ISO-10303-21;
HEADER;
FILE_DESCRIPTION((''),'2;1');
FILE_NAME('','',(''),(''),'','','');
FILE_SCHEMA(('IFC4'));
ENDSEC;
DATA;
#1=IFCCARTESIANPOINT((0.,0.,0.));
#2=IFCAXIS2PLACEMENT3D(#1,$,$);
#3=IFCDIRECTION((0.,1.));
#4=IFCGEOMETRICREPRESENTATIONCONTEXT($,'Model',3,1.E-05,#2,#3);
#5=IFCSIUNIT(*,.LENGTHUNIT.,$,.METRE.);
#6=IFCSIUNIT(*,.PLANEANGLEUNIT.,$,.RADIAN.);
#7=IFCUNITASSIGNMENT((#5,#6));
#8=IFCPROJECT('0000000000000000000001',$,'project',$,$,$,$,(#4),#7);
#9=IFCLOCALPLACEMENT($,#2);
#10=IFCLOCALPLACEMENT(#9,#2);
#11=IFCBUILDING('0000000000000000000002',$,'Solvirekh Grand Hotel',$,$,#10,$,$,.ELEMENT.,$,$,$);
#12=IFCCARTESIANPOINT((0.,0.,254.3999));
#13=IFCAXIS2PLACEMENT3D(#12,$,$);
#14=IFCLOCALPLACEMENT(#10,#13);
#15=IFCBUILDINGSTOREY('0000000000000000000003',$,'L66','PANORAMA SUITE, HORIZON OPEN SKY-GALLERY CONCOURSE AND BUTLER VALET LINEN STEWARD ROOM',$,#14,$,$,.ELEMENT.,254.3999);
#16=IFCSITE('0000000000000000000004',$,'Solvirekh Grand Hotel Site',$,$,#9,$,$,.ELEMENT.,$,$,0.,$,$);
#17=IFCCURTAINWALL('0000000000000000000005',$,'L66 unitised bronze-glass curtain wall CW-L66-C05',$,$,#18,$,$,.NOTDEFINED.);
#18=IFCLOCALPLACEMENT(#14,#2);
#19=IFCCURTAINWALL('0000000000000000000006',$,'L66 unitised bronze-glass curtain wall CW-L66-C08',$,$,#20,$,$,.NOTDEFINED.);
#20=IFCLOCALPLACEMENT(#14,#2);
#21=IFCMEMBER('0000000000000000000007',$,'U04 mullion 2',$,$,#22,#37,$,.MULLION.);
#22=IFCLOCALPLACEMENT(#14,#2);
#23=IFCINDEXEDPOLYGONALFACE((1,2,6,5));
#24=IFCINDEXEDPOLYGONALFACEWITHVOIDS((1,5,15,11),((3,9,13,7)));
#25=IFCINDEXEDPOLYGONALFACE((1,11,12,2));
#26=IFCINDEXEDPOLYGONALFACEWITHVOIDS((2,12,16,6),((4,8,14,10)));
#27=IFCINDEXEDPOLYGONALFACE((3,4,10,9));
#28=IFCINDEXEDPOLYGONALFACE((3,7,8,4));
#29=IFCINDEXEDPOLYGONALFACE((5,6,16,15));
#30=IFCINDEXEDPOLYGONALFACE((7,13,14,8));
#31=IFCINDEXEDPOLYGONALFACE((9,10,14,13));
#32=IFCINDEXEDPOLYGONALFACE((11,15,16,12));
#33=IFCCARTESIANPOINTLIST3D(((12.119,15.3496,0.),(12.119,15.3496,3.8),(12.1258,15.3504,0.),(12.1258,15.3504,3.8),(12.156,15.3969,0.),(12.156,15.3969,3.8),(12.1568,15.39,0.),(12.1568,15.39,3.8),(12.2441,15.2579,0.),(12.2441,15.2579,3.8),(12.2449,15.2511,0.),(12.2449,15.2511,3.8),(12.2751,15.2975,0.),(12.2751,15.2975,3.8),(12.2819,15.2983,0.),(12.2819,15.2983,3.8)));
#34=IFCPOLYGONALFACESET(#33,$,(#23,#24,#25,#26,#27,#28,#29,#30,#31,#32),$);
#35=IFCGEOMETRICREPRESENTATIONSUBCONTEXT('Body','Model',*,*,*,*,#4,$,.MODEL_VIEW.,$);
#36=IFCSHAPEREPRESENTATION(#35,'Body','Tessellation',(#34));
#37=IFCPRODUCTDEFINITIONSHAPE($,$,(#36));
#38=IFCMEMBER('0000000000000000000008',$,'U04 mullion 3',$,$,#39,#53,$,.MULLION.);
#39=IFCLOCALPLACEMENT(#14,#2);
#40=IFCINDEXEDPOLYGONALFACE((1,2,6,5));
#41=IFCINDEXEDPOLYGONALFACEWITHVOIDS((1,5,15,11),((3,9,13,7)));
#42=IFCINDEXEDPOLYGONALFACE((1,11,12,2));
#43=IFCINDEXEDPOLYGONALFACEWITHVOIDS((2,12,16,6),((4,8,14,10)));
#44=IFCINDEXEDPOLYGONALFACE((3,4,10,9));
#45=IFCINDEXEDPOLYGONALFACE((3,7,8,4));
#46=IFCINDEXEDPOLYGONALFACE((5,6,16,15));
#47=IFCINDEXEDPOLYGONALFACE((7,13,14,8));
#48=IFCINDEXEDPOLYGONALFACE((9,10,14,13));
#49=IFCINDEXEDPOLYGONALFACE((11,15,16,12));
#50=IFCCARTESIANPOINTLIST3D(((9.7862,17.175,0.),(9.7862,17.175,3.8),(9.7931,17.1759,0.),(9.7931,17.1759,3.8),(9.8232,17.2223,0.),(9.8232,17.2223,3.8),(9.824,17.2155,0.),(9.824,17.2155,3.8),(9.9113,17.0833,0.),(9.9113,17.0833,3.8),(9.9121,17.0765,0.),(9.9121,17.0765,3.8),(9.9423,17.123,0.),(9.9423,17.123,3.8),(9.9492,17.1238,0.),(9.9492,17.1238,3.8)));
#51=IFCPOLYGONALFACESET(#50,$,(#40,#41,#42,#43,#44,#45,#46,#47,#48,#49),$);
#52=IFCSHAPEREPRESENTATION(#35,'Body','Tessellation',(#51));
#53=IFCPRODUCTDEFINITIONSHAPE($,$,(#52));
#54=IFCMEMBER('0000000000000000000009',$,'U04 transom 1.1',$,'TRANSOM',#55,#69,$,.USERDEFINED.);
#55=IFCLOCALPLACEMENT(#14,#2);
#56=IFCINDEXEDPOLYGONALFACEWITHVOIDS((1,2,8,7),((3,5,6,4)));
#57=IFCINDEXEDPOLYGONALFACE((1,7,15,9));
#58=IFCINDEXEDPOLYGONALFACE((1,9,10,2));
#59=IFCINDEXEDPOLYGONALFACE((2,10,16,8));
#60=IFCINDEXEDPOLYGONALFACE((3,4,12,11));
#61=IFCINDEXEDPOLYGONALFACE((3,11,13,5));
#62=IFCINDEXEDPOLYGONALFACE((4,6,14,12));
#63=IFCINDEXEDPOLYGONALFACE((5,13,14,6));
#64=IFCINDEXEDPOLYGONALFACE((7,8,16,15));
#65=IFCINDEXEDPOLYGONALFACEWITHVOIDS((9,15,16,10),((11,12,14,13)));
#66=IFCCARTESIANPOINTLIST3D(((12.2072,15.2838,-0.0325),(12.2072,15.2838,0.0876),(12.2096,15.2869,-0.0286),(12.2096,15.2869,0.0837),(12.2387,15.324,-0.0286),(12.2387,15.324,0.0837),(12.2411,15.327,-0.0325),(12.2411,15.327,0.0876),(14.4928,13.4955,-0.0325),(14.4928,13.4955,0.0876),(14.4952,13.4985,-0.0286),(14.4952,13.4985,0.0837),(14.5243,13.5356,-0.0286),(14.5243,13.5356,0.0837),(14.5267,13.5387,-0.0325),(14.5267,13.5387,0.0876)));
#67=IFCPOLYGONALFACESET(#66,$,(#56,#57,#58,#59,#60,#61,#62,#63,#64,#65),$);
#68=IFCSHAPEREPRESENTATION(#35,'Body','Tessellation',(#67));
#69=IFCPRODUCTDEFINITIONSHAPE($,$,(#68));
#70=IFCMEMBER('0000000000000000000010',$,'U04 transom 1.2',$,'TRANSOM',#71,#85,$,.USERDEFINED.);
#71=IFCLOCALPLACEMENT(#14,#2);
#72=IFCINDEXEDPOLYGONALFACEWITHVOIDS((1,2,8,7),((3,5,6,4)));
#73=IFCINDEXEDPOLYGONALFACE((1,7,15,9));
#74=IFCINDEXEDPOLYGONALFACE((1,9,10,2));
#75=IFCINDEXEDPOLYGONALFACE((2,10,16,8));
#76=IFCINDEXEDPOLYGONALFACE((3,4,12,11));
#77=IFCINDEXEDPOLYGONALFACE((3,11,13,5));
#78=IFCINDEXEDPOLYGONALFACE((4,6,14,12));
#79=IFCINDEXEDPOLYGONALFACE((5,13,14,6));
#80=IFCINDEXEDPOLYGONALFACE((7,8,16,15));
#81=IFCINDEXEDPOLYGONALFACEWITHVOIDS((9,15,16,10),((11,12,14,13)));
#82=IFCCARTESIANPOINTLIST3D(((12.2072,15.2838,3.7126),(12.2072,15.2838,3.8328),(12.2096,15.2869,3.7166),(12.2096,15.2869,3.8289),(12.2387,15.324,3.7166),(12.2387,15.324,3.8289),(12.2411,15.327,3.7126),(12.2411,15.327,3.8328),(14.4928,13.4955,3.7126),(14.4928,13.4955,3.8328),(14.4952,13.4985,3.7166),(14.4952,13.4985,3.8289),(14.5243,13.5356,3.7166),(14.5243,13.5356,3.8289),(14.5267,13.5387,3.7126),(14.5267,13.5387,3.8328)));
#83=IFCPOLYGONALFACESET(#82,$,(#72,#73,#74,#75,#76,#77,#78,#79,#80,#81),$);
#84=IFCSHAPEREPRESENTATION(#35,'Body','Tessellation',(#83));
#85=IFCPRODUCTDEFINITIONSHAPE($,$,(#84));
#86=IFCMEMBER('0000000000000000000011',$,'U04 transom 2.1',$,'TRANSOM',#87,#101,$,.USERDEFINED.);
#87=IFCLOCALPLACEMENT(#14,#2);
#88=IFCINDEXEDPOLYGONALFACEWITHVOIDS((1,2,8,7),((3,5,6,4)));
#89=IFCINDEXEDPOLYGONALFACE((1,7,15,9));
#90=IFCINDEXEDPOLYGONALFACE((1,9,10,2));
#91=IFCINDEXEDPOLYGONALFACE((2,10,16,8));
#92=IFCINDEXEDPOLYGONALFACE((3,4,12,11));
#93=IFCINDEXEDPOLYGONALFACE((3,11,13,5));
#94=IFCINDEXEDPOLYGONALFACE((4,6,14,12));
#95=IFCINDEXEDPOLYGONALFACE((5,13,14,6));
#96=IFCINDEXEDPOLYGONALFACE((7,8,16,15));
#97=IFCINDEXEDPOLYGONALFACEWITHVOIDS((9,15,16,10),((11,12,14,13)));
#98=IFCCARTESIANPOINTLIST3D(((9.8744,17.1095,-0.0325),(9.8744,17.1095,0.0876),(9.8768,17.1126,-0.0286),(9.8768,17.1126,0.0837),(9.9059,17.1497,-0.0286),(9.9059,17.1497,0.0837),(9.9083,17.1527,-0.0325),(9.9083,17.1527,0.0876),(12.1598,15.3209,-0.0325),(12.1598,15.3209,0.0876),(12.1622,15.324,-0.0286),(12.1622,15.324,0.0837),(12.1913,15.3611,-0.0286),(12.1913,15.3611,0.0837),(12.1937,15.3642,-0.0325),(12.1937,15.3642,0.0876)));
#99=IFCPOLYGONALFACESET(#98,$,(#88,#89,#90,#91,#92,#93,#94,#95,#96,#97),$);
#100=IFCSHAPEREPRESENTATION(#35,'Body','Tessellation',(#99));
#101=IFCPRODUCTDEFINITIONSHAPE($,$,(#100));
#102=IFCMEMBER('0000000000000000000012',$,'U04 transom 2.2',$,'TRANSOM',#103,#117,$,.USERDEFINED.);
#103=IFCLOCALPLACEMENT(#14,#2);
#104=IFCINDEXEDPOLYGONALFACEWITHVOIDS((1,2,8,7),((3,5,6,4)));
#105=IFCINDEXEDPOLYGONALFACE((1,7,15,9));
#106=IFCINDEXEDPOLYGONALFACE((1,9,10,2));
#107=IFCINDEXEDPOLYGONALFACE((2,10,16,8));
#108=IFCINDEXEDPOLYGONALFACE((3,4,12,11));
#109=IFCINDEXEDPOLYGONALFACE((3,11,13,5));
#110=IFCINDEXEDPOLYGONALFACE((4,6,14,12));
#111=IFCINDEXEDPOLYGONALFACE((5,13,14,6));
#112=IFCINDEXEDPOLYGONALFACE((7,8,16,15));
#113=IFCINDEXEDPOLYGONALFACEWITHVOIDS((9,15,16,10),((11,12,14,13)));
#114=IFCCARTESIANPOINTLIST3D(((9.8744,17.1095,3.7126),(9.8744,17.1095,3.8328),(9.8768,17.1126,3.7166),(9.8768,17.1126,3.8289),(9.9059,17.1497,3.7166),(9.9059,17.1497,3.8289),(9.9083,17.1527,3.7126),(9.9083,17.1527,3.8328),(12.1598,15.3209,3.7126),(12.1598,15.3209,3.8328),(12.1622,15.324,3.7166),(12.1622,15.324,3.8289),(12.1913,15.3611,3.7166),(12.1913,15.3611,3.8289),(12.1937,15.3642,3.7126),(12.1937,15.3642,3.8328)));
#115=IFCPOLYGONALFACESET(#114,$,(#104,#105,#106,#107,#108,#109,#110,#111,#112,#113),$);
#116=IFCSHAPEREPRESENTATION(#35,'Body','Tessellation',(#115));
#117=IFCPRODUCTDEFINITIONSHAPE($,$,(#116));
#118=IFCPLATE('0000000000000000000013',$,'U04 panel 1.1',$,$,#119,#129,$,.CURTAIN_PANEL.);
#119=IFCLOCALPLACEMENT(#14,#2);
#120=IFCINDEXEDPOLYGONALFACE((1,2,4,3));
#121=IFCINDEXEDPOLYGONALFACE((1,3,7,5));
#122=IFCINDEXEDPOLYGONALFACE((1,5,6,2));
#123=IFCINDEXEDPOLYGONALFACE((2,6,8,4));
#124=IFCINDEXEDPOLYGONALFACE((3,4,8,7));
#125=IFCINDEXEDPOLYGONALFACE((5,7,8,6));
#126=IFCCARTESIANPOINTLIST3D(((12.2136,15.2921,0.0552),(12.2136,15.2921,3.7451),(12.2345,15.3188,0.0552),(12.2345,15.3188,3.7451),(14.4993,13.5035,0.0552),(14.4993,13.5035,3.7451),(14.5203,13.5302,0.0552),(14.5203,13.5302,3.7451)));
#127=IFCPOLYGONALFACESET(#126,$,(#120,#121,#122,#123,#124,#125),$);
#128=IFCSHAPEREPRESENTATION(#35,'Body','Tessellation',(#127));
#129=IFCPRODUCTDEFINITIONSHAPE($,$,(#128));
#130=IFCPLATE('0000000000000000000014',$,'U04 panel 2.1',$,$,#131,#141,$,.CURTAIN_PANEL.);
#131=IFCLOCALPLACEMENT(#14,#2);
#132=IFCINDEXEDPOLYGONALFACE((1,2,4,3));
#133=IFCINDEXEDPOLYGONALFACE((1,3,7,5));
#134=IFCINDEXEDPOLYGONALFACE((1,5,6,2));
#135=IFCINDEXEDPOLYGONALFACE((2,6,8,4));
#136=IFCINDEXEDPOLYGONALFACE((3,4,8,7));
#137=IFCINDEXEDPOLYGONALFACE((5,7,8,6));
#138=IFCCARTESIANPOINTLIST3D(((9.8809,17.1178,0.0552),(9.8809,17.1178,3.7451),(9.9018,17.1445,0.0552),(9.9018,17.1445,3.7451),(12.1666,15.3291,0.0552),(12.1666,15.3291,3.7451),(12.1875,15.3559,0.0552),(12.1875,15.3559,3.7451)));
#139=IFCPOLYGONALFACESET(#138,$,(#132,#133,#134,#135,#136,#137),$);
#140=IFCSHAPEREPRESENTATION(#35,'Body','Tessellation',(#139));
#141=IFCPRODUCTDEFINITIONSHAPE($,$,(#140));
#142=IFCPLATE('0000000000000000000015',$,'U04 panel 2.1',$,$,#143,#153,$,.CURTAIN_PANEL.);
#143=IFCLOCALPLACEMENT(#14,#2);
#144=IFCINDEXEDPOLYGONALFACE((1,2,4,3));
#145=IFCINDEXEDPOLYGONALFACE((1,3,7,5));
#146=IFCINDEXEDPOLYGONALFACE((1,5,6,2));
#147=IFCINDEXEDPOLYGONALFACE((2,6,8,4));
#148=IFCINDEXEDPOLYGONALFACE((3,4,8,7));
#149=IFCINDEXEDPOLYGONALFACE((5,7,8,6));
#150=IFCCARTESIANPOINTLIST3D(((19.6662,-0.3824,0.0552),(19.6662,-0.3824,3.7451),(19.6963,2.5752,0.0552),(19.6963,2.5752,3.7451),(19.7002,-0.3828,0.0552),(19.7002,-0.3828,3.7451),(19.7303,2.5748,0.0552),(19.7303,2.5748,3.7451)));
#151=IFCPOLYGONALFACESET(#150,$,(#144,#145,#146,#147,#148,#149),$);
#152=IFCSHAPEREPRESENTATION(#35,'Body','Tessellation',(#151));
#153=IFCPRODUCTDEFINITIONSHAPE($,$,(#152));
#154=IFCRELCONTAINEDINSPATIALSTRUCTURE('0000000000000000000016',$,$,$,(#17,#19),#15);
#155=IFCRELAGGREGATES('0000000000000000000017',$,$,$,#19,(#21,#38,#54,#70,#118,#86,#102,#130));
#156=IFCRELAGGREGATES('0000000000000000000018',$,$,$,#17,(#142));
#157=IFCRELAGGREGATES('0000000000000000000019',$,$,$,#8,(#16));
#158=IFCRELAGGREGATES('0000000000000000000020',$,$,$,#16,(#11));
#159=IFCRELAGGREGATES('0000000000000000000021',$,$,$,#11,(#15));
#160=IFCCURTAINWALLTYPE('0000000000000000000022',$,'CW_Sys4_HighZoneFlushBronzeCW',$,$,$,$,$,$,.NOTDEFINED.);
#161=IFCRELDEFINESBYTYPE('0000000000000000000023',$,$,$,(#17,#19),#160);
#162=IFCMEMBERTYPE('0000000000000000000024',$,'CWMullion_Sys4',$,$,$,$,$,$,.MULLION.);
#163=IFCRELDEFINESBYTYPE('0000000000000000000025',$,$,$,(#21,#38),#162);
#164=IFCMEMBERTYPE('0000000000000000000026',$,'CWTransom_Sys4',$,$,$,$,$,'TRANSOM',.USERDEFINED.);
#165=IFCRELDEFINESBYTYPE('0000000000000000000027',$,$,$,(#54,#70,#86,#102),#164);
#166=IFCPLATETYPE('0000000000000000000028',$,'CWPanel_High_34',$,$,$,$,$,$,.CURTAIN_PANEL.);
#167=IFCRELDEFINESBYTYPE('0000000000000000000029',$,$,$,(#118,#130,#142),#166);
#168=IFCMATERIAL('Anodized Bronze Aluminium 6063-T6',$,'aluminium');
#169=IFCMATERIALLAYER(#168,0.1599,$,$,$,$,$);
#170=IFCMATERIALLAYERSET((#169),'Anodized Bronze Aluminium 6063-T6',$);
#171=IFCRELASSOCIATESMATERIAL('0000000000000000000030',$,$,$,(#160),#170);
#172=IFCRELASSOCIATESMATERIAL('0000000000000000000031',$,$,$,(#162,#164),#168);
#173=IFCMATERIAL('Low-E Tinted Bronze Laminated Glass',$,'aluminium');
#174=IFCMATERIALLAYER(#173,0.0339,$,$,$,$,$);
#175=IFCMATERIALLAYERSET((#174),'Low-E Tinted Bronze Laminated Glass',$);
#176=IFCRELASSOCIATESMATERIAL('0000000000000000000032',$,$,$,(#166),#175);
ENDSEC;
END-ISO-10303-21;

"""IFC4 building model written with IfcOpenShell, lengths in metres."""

from ifc_helpers import new_model, si_unit, direction, frame, origin, origin_2d, place, context, subcontext, project, spatial, rectangle, hollow_rectangle, extrude, source, transform, mapped, material, layer, layer_set, material_profile, profile_set, type_object, element, aggregate, save


model = new_model("IFC4")

# Units and contexts
model_context = context("Model", 3, precision=1e-05, world=origin(), true_north=direction((0.0, 1.0)))
body_context = subcontext(model_context, "Body", "Model", "MODEL_VIEW")
ifc_project = project(units=[si_unit("LENGTHUNIT", "METRE"), si_unit("PLANEANGLEUNIT", "RADIAN")], contexts=[model_context])

# Site, building, storey
site_placement = place(None, origin())
site = spatial("IfcSite", under=ifc_project, at=site_placement, Name="Solvirekh Grand Hotel Site", CompositionType="ELEMENT", RefElevation=0.0)
building_placement = place(site_placement, origin())
building = spatial("IfcBuilding", under=site, at=building_placement, Name="Solvirekh Grand Hotel", CompositionType="ELEMENT")
storey_placement = place(building_placement, frame((0.0, 0.0, 254.3999)))
storey = spatial("IfcBuildingStorey", under=building, at=storey_placement, Name="L66", Description="PANORAMA SUITE, HORIZON OPEN SKY-GALLERY CONCOURSE AND BUTLER VALET LINEN STEWARD ROOM", CompositionType="ELEMENT", Elevation=254.3999)

# Curtain wall
ifc_material_1 = material(Name="Anodized Bronze Aluminium 6063-T6", Category="aluminium")
ifc_layer_1 = layer(ifc_material_1, 0.1599)
ifc_layer_set_1 = layer_set([ifc_layer_1], Name="Anodized Bronze Aluminium 6063-T6")
curtain_wall_type = type_object("IfcCurtainWallType", Name="CW_Sys4_HighZoneFlushBronzeCW", PredefinedType="NOTDEFINED", material=ifc_layer_set_1)
curtain_wall_1_placement = place(storey_placement, origin())
curtain_wall_1 = element("IfcCurtainWall", 1, at=curtain_wall_1_placement, inside=storey, type_object=curtain_wall_type, Name="L66 unitised bronze-glass curtain wall CW-L66-C05", PredefinedType="NOTDEFINED")
ifc_material_profile_1 = material_profile(ifc_material_1, hollow_rectangle(XDim=0.0601, YDim=0.1599, WallThickness=0.0049, at=origin_2d()), Name="ALU RHS 160X60X5")
ifc_profile_set_1 = profile_set([ifc_material_profile_1], Name="Anodized Bronze Aluminium 6063-T6")
member_type_1 = type_object("IfcMemberType", Name="CWMullion_Sys4", PredefinedType="MULLION", material=ifc_profile_set_1)
shared_shape_1 = source(origin(), body_context, "Body", "SweptSolid", [
    extrude(hollow_rectangle(XDim=0.0601, YDim=0.1599, WallThickness=0.0049, at=origin_2d()), origin(), (0.0, 0.0, 1.0), 3.8),
])

# Curtain wall, members, plates
curtain_wall_2_placement = place(storey_placement, origin())
curtain_wall_2 = element("IfcCurtainWall", 2, at=curtain_wall_2_placement, inside=storey, type_object=curtain_wall_type, Name="L66 unitised bronze-glass curtain wall CW-L66-C08", PredefinedType="NOTDEFINED")
member_1_placement = place(storey_placement, frame((12.2004, 15.324, 0.0), z_axis=(0.0, 0.0, 1.0), x_axis=(-0.616263, -0.78754, 0.0)))
member_1 = element("IfcMember", 3, at=member_1_placement, type_object=member_type_1, Name="U04 mullion 2", PredefinedType="MULLION", context=body_context, shape_type="MappedRepresentation", body=[
    mapped(shared_shape_1, transform((0.0, 0.0, 0.0), x_axis=(1.0, 0.0, 0.0), y_axis=(0.0, 1.0, 0.0), z_axis=(0.0, 0.0, 1.0), scale=1.0)),
])
member_2_placement = place(storey_placement, frame((9.8677, 17.1494, 0.0), z_axis=(0.0, 0.0, 1.0), x_axis=(-0.616263, -0.78754, 0.0)))
member_2 = element("IfcMember", 4, at=member_2_placement, type_object=member_type_1, Name="U04 mullion 3", PredefinedType="MULLION", context=body_context, shape_type="MappedRepresentation", body=[
    mapped(shared_shape_1, transform((0.0, 0.0, 0.0), x_axis=(1.0, 0.0, 0.0), y_axis=(0.0, 1.0, 0.0), z_axis=(0.0, 0.0, 1.0), scale=1.0)),
])
ifc_material_profile_2 = material_profile(ifc_material_1, hollow_rectangle(XDim=0.0549, YDim=0.1201, WallThickness=0.0039, at=origin_2d()), Name="ALU RHS 120X55X4")
ifc_profile_set_2 = profile_set([ifc_material_profile_2], Name="Anodized Bronze Aluminium 6063-T6")
member_type_2 = type_object("IfcMemberType", Name="CWTransom_Sys4", ElementType="TRANSOM", PredefinedType="USERDEFINED", material=ifc_profile_set_2)
shared_shape_2 = source(origin(), body_context, "Body", "SweptSolid", [
    extrude(hollow_rectangle(XDim=0.0549, YDim=0.1201, WallThickness=0.0039, at=origin_2d()), origin(), (0.0, 0.0, 1.0), 2.9021),
])
member_3_placement = place(storey_placement, frame((14.5098, 13.5171, 0.0276), z_axis=(-0.787578, 0.616215, 0.0), x_axis=(-0.616215, -0.787578, 0.0)))
member_3 = element("IfcMember", 5, at=member_3_placement, type_object=member_type_2, Name="U04 transom 1.1", ObjectType="TRANSOM", PredefinedType="USERDEFINED", context=body_context, shape_type="MappedRepresentation", body=[
    mapped(shared_shape_2, transform((0.0, 0.0, 0.0), x_axis=(1.0, 0.0, 0.0), y_axis=(0.0, 1.0, 0.0), z_axis=(0.0, 0.0, 1.0), scale=1.0)),
])
member_4_placement = place(storey_placement, frame((14.5098, 13.5171, 3.7727), z_axis=(-0.787578, 0.616215, 0.0), x_axis=(-0.616215, -0.787578, 0.0)))
member_4 = element("IfcMember", 6, at=member_4_placement, type_object=member_type_2, Name="U04 transom 1.2", ObjectType="TRANSOM", PredefinedType="USERDEFINED", context=body_context, shape_type="MappedRepresentation", body=[
    mapped(shared_shape_2, transform((0.0, 0.0, 0.0), x_axis=(1.0, 0.0, 0.0), y_axis=(0.0, 1.0, 0.0), z_axis=(0.0, 0.0, 1.0), scale=1.0)),
])
member_5_placement = place(storey_placement, frame((12.1768, 15.3425, 0.0276), z_axis=(-0.787505, 0.616308, 0.0), x_axis=(-0.616308, -0.787505, 0.0)))
member_5 = element("IfcMember", 7, at=member_5_placement, type_object=member_type_2, Name="U04 transom 2.1", ObjectType="TRANSOM", PredefinedType="USERDEFINED", context=body_context, shape_type="MappedRepresentation", body=[
    mapped(shared_shape_2, transform((0.0, 0.0, 0.0), x_axis=(1.0, 0.0, 0.0), y_axis=(0.0, 1.0, 0.0), z_axis=(0.0, 0.0, 1.0), scale=1.0)),
])
member_6_placement = place(storey_placement, frame((12.1768, 15.3425, 3.7727), z_axis=(-0.787505, 0.616308, 0.0), x_axis=(-0.616308, -0.787505, 0.0)))
member_6 = element("IfcMember", 8, at=member_6_placement, type_object=member_type_2, Name="U04 transom 2.2", ObjectType="TRANSOM", PredefinedType="USERDEFINED", context=body_context, shape_type="MappedRepresentation", body=[
    mapped(shared_shape_2, transform((0.0, 0.0, 0.0), x_axis=(1.0, 0.0, 0.0), y_axis=(0.0, 1.0, 0.0), z_axis=(0.0, 0.0, 1.0), scale=1.0)),
])
ifc_material_2 = material(Name="Low-E Tinted Bronze Laminated Glass", Category="aluminium")
ifc_layer_2 = layer(ifc_material_2, 0.0339)
ifc_layer_set_2 = layer_set([ifc_layer_2], Name="Low-E Tinted Bronze Laminated Glass")
plate_type = type_object("IfcPlateType", Name="CWPanel_High_34", PredefinedType="CURTAIN_PANEL", material=ifc_layer_set_2)
shared_shape_3 = source(origin(), body_context, "Body", "SweptSolid", [
    extrude(rectangle(XDim=2.9023, YDim=0.0339, at=origin_2d()), origin(), (0.0, 0.0, 1.0), 3.6899),
])
plate_1_placement = place(storey_placement, frame((13.3669, 14.4111, 0.0552), z_axis=(0.0, 0.0, 1.0), x_axis=(-0.78754, 0.616263, 0.0)))
plate_1 = element("IfcPlate", 9, at=plate_1_placement, type_object=plate_type, Name="U04 panel 1.1", PredefinedType="CURTAIN_PANEL", context=body_context, shape_type="MappedRepresentation", body=[
    mapped(shared_shape_3, transform((0.0, 0.0, 0.0), x_axis=(1.0, 0.0, 0.0), y_axis=(0.0, 1.0, 0.0), z_axis=(0.0, 0.0, 1.0), scale=1.0)),
])
plate_2_placement = place(storey_placement, frame((11.0342, 16.2368, 0.0552), z_axis=(0.0, 0.0, 1.0), x_axis=(-0.78754, 0.616263, 0.0)))
plate_2 = element("IfcPlate", 10, at=plate_2_placement, type_object=plate_type, Name="U04 panel 2.1", PredefinedType="CURTAIN_PANEL", context=body_context, shape_type="MappedRepresentation", body=[
    mapped(shared_shape_3, transform((0.0, 0.0, 0.0), x_axis=(1.0, 0.0, 0.0), y_axis=(0.0, 1.0, 0.0), z_axis=(0.0, 0.0, 1.0), scale=1.0)),
])
aggregate(curtain_wall_2, [member_1, member_2, member_3, member_4, plate_1, member_5, member_6, plate_2])

# Plate
shared_shape_4 = source(origin(), body_context, "Body", "SweptSolid", [
    extrude(rectangle(XDim=2.9578, YDim=0.0339, at=origin_2d()), origin(), (0.0, 0.0, 1.0), 3.6899),
])
plate_3_placement = place(storey_placement, frame((19.6982, 1.0962, 0.0552), z_axis=(0.0, 0.0, 1.0), x_axis=(0.010172, 0.999948, 0.0)))
plate_3 = element("IfcPlate", 11, at=plate_3_placement, type_object=plate_type, Name="U04 panel 2.1", PredefinedType="CURTAIN_PANEL", context=body_context, shape_type="MappedRepresentation", body=[
    mapped(shared_shape_4, transform((0.0, 0.0, 0.0), x_axis=(1.0, 0.0, 0.0), y_axis=(0.0, 1.0, 0.0), z_axis=(0.0, 0.0, 1.0), scale=1.0)),
])
aggregate(curtain_wall_1, [plate_3])

save(model, "model.ifc")
